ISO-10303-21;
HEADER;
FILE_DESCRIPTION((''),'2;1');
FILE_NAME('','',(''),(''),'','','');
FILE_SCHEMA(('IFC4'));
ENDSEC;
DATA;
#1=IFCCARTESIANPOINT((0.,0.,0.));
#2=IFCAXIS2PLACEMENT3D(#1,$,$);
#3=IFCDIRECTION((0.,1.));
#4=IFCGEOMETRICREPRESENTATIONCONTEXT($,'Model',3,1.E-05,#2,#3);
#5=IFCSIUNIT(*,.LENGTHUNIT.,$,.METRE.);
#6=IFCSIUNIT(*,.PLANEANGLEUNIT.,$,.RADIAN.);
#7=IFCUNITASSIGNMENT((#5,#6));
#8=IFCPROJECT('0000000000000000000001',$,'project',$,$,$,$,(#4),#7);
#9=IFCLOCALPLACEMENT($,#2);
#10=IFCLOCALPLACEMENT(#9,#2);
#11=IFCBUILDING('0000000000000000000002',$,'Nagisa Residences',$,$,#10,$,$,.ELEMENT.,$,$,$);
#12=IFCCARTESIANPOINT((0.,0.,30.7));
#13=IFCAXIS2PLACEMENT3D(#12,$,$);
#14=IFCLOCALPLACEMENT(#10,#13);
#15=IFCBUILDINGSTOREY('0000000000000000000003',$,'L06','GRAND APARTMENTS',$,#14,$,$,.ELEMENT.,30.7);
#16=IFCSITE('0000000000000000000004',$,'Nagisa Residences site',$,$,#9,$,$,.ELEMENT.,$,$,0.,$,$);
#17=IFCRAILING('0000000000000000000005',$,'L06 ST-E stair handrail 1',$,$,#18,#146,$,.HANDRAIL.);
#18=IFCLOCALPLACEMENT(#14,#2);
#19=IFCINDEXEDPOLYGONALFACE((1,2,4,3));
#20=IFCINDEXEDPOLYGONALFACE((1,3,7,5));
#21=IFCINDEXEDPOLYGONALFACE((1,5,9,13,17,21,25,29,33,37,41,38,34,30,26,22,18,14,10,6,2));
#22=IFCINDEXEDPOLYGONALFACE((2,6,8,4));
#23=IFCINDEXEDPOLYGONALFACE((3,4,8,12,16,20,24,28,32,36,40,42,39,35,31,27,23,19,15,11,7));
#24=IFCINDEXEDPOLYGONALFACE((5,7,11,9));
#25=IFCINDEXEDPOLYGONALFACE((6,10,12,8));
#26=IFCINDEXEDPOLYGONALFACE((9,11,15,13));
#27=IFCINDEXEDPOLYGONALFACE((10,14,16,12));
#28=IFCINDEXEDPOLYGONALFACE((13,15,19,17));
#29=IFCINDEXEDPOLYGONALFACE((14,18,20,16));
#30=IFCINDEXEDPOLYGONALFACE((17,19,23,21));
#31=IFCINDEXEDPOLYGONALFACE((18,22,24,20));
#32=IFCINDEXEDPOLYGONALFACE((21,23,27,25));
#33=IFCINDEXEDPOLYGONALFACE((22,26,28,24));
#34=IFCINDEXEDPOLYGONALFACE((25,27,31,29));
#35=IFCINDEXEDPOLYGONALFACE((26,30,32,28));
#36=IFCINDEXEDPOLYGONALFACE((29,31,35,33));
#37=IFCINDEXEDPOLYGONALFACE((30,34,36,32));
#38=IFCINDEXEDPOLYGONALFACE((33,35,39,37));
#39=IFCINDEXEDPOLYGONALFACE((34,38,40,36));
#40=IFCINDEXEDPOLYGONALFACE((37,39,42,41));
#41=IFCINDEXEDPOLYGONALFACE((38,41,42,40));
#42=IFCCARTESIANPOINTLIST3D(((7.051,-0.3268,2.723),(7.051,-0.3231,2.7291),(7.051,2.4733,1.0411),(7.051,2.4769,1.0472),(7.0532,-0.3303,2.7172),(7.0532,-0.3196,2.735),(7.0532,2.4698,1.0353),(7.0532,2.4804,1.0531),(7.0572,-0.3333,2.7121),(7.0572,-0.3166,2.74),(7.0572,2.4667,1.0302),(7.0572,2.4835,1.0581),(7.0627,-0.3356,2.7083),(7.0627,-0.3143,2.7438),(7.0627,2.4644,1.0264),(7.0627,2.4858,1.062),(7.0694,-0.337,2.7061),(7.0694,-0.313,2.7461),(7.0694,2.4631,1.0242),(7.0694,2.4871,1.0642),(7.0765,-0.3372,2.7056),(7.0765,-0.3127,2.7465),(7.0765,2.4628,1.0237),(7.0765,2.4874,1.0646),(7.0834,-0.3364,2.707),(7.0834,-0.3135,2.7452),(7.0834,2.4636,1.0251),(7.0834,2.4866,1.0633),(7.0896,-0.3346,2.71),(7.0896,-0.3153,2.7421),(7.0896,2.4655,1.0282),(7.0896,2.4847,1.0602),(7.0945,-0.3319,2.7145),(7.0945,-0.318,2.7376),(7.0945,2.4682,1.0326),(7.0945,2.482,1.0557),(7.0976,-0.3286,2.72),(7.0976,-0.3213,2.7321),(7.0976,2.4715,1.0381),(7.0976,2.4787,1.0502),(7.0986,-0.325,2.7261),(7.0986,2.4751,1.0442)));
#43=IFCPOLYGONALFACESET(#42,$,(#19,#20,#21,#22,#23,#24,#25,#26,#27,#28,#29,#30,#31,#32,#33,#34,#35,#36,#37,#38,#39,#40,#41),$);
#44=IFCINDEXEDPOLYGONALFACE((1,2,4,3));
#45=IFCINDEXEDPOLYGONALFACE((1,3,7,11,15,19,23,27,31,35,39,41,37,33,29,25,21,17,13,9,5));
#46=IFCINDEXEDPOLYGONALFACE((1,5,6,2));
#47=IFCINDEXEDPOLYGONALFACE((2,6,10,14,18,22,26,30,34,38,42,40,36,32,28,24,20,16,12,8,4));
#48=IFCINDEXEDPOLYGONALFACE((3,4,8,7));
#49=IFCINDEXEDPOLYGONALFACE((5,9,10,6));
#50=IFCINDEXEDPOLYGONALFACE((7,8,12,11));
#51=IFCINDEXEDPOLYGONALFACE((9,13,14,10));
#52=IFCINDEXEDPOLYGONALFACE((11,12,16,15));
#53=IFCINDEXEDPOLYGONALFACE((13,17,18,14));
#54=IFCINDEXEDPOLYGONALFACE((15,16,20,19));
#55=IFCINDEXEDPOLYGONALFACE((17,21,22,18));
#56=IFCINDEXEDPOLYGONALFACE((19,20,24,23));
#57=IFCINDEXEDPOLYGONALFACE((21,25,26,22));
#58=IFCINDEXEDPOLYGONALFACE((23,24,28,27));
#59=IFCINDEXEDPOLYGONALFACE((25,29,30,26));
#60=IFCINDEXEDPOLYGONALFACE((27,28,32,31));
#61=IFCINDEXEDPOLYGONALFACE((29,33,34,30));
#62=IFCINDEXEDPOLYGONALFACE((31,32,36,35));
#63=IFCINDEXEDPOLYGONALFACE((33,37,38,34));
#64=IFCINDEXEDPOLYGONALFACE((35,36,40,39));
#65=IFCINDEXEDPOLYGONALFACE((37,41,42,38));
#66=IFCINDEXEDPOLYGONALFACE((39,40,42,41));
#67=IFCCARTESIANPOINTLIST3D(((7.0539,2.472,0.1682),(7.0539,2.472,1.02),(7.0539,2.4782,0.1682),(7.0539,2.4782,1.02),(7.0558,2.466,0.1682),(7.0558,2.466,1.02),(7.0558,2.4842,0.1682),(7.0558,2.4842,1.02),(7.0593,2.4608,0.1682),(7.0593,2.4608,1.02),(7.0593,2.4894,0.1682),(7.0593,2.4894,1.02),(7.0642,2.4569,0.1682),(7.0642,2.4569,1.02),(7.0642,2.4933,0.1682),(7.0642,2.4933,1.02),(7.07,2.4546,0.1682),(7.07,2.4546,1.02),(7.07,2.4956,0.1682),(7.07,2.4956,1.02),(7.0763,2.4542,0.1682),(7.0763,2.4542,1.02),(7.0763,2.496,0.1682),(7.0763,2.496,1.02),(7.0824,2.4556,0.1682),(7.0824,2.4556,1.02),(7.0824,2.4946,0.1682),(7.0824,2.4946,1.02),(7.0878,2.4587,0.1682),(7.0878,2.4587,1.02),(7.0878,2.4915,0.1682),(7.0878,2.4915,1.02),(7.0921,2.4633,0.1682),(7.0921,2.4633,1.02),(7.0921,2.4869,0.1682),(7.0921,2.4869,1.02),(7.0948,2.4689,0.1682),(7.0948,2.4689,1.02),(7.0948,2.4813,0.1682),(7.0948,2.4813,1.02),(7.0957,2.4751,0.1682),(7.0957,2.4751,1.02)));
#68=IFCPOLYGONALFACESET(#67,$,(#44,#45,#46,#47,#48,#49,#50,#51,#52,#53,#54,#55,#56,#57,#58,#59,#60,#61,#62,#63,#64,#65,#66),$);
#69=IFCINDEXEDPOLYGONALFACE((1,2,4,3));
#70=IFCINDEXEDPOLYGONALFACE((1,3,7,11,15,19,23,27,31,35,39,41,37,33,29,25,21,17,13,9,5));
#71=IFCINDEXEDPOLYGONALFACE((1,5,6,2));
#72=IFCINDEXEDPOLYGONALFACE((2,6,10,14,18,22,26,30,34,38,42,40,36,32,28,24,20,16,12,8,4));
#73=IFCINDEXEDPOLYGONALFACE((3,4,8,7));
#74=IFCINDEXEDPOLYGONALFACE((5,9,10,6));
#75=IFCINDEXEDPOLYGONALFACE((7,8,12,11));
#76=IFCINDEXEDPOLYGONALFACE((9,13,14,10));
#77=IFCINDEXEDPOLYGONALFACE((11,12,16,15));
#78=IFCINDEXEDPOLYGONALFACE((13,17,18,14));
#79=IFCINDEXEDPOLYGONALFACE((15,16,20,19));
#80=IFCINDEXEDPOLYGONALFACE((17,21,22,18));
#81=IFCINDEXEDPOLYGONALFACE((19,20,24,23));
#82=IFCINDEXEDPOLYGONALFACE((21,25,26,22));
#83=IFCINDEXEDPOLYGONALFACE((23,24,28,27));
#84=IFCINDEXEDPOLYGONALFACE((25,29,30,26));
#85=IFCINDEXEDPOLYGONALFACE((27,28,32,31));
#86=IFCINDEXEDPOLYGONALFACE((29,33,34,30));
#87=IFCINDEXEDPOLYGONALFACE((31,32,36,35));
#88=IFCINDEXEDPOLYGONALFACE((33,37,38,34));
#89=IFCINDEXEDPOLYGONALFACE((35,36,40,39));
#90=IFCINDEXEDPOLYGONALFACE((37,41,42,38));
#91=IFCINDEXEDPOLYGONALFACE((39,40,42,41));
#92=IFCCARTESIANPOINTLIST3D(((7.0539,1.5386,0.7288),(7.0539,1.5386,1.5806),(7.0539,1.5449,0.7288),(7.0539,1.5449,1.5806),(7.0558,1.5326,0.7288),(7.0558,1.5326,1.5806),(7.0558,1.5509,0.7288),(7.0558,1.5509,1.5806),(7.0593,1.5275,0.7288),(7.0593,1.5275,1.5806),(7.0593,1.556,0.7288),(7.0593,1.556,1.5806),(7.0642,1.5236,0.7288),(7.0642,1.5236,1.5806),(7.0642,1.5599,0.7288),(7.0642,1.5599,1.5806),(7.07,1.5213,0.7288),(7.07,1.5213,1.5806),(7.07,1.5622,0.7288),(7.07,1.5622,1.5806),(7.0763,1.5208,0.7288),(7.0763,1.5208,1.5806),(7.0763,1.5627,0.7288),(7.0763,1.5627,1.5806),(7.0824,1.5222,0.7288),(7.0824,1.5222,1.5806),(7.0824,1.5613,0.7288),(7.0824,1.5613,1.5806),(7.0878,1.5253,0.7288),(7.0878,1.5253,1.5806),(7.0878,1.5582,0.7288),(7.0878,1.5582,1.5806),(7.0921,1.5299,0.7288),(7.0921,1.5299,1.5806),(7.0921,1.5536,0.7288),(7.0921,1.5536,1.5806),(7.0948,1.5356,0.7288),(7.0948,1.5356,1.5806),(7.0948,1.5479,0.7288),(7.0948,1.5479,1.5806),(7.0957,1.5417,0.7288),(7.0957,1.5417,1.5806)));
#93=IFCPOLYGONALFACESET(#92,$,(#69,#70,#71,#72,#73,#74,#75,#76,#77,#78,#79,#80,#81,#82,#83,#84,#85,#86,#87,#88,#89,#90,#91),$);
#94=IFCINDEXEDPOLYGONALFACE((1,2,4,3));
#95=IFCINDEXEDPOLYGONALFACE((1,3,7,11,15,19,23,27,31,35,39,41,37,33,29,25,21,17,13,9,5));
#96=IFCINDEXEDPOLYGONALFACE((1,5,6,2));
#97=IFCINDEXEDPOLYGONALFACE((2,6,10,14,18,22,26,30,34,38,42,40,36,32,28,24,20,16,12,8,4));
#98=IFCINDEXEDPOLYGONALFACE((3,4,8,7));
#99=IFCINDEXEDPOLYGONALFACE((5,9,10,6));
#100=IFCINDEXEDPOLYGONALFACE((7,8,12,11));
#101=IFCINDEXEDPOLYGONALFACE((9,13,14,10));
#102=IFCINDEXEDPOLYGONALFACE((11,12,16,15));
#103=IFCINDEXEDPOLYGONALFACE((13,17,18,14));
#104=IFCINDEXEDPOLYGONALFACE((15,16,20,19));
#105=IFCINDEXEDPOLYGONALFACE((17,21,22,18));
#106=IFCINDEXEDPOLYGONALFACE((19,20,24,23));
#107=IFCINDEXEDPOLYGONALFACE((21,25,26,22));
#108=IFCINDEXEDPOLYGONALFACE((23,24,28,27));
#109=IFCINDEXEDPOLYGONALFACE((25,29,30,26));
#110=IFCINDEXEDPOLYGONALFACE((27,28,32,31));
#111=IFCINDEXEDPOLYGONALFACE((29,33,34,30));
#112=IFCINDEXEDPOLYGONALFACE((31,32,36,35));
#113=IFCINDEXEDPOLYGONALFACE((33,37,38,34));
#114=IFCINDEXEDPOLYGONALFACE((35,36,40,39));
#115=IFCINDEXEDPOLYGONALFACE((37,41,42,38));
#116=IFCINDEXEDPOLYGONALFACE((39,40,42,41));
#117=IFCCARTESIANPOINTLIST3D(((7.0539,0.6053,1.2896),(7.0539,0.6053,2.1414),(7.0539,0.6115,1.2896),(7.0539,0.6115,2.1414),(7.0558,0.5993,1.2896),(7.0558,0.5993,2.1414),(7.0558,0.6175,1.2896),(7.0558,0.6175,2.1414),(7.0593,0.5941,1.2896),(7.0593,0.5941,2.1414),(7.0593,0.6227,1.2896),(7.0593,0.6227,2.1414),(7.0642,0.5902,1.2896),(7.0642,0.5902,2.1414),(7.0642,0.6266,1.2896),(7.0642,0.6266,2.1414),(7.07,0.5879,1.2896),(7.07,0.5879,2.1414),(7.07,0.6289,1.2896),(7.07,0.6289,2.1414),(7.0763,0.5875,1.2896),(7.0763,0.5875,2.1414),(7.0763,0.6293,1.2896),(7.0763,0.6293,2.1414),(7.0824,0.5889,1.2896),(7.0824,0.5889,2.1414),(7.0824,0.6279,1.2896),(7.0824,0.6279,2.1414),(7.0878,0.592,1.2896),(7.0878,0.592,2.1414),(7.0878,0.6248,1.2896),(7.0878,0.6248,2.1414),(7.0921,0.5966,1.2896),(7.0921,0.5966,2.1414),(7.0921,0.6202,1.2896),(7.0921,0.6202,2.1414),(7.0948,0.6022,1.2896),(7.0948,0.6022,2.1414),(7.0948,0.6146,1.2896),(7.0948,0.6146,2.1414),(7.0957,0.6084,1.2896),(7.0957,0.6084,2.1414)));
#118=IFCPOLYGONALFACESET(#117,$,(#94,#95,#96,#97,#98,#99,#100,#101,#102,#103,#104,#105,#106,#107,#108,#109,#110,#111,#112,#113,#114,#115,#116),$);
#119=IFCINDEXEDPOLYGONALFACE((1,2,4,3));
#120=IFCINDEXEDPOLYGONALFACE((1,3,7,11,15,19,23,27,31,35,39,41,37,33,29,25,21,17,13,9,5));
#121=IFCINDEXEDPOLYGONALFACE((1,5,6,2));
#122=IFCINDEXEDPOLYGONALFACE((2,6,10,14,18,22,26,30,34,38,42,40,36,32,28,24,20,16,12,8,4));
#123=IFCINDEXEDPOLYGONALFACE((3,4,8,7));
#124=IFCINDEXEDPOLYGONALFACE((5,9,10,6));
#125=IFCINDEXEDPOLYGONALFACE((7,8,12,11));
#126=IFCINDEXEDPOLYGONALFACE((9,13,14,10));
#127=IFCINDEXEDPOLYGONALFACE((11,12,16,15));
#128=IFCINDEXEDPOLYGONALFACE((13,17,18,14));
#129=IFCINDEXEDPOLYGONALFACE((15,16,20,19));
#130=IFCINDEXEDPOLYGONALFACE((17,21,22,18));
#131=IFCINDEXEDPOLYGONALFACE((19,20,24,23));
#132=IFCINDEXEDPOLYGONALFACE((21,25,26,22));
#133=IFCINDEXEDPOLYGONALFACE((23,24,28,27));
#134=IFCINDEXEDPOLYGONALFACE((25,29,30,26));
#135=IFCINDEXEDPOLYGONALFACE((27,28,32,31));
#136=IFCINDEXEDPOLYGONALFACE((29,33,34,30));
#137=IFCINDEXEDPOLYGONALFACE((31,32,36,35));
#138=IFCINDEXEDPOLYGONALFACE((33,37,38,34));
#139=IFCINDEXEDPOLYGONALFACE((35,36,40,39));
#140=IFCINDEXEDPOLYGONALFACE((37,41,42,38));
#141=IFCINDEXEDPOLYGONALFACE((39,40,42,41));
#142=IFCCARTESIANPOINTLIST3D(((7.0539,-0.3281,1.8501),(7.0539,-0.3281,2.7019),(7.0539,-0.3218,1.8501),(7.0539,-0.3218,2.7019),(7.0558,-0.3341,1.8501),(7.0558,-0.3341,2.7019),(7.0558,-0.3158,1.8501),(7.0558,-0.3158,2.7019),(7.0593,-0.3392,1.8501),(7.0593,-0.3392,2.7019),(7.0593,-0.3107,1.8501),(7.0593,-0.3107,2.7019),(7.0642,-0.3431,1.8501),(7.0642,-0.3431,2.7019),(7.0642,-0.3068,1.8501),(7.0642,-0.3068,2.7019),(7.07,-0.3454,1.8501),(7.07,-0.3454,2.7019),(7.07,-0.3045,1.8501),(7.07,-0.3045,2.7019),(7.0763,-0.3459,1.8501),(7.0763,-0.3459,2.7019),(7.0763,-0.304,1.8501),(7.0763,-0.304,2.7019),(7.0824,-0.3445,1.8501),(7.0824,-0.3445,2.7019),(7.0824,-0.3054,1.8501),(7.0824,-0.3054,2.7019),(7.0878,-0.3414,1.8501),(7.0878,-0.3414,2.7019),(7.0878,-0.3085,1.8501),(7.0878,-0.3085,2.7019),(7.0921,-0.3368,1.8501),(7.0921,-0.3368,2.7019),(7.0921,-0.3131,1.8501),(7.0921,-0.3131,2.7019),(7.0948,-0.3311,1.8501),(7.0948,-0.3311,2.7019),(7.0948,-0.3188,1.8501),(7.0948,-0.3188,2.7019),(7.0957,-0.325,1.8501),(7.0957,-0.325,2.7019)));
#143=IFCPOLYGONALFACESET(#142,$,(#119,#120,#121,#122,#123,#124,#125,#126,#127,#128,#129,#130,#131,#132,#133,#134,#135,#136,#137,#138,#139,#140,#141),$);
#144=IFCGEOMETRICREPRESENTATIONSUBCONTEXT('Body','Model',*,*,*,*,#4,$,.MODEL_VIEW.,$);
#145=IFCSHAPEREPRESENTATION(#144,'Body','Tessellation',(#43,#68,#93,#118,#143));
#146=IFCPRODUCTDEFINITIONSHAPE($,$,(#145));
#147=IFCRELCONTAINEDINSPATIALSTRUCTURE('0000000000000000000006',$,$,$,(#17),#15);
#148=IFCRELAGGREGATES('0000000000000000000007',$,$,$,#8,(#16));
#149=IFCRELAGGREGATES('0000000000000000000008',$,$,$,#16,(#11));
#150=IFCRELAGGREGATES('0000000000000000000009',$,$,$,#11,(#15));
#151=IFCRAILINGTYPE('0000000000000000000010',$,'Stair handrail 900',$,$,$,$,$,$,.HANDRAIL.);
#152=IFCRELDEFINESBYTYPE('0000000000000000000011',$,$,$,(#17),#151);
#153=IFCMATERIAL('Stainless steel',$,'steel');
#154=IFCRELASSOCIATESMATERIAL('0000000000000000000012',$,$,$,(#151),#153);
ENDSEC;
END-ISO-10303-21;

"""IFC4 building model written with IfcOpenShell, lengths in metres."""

from ifc_helpers import new_model, si_unit, direction, frame, origin, origin_2d, place, context, subcontext, project, spatial, circle, extrude, material, type_object, element, save


model = new_model("IFC4")

# Units and contexts
model_context = context("Model", 3, precision=1e-05, world=origin(), true_north=direction((0.0, 1.0)))
body_context = subcontext(model_context, "Body", "Model", "MODEL_VIEW")
ifc_project = project(units=[si_unit("LENGTHUNIT", "METRE"), si_unit("PLANEANGLEUNIT", "RADIAN")], contexts=[model_context])

# Site, building, storey
site_placement = place(None, origin())
site = spatial("IfcSite", under=ifc_project, at=site_placement, Name="Nagisa Residences site", CompositionType="ELEMENT", RefElevation=0.0)
building_placement = place(site_placement, origin())
building = spatial("IfcBuilding", under=site, at=building_placement, Name="Nagisa Residences", CompositionType="ELEMENT")
storey_placement = place(building_placement, frame((0.0, 0.0, 30.7)))
storey = spatial("IfcBuildingStorey", under=building, at=storey_placement, Name="L06", Description="GRAND APARTMENTS", CompositionType="ELEMENT", Elevation=30.7)

# Railing
ifc_material_1 = material(Name="Stainless steel", Category="steel")
railing_type_1 = type_object("IfcRailingType", Name="Stair handrail 900", PredefinedType="HANDRAIL", material=ifc_material_1)
railing_1_placement = place(storey_placement, frame((7.0747, 2.4751, 0.1682)))
element("IfcRailing", 1, at=railing_1_placement, inside=storey, type_object=railing_type_1, Name="L06 ST-E stair handrail 1", PredefinedType="HANDRAIL", context=body_context, shape_type="SweptSolid", body=[
    extrude(circle(Radius=0.0239, at=origin_2d()), frame((0.0, 0.0, 0.876), z_axis=(0.0, -0.857242, 0.514913), x_axis=(1.0, 0.0, 0.0)), (0.0, 0.0, 1.0), 3.2664),
    extrude(circle(Radius=0.021, at=origin_2d()), origin(), (0.0, 0.0, 1.0), 0.8518),
    extrude(circle(Radius=0.021, at=origin_2d()), frame((0.0, -0.9333, 0.5605)), (0.0, 0.0, 1.0), 0.8518),
    extrude(circle(Radius=0.021, at=origin_2d()), frame((0.0, -1.8667, 1.1213)), (0.0, 0.0, 1.0), 0.8518),
    extrude(circle(Radius=0.021, at=origin_2d()), frame((0.0, -2.8, 1.6819)), (0.0, 0.0, 1.0), 0.8518),
])

save(model, "model.ifc")
